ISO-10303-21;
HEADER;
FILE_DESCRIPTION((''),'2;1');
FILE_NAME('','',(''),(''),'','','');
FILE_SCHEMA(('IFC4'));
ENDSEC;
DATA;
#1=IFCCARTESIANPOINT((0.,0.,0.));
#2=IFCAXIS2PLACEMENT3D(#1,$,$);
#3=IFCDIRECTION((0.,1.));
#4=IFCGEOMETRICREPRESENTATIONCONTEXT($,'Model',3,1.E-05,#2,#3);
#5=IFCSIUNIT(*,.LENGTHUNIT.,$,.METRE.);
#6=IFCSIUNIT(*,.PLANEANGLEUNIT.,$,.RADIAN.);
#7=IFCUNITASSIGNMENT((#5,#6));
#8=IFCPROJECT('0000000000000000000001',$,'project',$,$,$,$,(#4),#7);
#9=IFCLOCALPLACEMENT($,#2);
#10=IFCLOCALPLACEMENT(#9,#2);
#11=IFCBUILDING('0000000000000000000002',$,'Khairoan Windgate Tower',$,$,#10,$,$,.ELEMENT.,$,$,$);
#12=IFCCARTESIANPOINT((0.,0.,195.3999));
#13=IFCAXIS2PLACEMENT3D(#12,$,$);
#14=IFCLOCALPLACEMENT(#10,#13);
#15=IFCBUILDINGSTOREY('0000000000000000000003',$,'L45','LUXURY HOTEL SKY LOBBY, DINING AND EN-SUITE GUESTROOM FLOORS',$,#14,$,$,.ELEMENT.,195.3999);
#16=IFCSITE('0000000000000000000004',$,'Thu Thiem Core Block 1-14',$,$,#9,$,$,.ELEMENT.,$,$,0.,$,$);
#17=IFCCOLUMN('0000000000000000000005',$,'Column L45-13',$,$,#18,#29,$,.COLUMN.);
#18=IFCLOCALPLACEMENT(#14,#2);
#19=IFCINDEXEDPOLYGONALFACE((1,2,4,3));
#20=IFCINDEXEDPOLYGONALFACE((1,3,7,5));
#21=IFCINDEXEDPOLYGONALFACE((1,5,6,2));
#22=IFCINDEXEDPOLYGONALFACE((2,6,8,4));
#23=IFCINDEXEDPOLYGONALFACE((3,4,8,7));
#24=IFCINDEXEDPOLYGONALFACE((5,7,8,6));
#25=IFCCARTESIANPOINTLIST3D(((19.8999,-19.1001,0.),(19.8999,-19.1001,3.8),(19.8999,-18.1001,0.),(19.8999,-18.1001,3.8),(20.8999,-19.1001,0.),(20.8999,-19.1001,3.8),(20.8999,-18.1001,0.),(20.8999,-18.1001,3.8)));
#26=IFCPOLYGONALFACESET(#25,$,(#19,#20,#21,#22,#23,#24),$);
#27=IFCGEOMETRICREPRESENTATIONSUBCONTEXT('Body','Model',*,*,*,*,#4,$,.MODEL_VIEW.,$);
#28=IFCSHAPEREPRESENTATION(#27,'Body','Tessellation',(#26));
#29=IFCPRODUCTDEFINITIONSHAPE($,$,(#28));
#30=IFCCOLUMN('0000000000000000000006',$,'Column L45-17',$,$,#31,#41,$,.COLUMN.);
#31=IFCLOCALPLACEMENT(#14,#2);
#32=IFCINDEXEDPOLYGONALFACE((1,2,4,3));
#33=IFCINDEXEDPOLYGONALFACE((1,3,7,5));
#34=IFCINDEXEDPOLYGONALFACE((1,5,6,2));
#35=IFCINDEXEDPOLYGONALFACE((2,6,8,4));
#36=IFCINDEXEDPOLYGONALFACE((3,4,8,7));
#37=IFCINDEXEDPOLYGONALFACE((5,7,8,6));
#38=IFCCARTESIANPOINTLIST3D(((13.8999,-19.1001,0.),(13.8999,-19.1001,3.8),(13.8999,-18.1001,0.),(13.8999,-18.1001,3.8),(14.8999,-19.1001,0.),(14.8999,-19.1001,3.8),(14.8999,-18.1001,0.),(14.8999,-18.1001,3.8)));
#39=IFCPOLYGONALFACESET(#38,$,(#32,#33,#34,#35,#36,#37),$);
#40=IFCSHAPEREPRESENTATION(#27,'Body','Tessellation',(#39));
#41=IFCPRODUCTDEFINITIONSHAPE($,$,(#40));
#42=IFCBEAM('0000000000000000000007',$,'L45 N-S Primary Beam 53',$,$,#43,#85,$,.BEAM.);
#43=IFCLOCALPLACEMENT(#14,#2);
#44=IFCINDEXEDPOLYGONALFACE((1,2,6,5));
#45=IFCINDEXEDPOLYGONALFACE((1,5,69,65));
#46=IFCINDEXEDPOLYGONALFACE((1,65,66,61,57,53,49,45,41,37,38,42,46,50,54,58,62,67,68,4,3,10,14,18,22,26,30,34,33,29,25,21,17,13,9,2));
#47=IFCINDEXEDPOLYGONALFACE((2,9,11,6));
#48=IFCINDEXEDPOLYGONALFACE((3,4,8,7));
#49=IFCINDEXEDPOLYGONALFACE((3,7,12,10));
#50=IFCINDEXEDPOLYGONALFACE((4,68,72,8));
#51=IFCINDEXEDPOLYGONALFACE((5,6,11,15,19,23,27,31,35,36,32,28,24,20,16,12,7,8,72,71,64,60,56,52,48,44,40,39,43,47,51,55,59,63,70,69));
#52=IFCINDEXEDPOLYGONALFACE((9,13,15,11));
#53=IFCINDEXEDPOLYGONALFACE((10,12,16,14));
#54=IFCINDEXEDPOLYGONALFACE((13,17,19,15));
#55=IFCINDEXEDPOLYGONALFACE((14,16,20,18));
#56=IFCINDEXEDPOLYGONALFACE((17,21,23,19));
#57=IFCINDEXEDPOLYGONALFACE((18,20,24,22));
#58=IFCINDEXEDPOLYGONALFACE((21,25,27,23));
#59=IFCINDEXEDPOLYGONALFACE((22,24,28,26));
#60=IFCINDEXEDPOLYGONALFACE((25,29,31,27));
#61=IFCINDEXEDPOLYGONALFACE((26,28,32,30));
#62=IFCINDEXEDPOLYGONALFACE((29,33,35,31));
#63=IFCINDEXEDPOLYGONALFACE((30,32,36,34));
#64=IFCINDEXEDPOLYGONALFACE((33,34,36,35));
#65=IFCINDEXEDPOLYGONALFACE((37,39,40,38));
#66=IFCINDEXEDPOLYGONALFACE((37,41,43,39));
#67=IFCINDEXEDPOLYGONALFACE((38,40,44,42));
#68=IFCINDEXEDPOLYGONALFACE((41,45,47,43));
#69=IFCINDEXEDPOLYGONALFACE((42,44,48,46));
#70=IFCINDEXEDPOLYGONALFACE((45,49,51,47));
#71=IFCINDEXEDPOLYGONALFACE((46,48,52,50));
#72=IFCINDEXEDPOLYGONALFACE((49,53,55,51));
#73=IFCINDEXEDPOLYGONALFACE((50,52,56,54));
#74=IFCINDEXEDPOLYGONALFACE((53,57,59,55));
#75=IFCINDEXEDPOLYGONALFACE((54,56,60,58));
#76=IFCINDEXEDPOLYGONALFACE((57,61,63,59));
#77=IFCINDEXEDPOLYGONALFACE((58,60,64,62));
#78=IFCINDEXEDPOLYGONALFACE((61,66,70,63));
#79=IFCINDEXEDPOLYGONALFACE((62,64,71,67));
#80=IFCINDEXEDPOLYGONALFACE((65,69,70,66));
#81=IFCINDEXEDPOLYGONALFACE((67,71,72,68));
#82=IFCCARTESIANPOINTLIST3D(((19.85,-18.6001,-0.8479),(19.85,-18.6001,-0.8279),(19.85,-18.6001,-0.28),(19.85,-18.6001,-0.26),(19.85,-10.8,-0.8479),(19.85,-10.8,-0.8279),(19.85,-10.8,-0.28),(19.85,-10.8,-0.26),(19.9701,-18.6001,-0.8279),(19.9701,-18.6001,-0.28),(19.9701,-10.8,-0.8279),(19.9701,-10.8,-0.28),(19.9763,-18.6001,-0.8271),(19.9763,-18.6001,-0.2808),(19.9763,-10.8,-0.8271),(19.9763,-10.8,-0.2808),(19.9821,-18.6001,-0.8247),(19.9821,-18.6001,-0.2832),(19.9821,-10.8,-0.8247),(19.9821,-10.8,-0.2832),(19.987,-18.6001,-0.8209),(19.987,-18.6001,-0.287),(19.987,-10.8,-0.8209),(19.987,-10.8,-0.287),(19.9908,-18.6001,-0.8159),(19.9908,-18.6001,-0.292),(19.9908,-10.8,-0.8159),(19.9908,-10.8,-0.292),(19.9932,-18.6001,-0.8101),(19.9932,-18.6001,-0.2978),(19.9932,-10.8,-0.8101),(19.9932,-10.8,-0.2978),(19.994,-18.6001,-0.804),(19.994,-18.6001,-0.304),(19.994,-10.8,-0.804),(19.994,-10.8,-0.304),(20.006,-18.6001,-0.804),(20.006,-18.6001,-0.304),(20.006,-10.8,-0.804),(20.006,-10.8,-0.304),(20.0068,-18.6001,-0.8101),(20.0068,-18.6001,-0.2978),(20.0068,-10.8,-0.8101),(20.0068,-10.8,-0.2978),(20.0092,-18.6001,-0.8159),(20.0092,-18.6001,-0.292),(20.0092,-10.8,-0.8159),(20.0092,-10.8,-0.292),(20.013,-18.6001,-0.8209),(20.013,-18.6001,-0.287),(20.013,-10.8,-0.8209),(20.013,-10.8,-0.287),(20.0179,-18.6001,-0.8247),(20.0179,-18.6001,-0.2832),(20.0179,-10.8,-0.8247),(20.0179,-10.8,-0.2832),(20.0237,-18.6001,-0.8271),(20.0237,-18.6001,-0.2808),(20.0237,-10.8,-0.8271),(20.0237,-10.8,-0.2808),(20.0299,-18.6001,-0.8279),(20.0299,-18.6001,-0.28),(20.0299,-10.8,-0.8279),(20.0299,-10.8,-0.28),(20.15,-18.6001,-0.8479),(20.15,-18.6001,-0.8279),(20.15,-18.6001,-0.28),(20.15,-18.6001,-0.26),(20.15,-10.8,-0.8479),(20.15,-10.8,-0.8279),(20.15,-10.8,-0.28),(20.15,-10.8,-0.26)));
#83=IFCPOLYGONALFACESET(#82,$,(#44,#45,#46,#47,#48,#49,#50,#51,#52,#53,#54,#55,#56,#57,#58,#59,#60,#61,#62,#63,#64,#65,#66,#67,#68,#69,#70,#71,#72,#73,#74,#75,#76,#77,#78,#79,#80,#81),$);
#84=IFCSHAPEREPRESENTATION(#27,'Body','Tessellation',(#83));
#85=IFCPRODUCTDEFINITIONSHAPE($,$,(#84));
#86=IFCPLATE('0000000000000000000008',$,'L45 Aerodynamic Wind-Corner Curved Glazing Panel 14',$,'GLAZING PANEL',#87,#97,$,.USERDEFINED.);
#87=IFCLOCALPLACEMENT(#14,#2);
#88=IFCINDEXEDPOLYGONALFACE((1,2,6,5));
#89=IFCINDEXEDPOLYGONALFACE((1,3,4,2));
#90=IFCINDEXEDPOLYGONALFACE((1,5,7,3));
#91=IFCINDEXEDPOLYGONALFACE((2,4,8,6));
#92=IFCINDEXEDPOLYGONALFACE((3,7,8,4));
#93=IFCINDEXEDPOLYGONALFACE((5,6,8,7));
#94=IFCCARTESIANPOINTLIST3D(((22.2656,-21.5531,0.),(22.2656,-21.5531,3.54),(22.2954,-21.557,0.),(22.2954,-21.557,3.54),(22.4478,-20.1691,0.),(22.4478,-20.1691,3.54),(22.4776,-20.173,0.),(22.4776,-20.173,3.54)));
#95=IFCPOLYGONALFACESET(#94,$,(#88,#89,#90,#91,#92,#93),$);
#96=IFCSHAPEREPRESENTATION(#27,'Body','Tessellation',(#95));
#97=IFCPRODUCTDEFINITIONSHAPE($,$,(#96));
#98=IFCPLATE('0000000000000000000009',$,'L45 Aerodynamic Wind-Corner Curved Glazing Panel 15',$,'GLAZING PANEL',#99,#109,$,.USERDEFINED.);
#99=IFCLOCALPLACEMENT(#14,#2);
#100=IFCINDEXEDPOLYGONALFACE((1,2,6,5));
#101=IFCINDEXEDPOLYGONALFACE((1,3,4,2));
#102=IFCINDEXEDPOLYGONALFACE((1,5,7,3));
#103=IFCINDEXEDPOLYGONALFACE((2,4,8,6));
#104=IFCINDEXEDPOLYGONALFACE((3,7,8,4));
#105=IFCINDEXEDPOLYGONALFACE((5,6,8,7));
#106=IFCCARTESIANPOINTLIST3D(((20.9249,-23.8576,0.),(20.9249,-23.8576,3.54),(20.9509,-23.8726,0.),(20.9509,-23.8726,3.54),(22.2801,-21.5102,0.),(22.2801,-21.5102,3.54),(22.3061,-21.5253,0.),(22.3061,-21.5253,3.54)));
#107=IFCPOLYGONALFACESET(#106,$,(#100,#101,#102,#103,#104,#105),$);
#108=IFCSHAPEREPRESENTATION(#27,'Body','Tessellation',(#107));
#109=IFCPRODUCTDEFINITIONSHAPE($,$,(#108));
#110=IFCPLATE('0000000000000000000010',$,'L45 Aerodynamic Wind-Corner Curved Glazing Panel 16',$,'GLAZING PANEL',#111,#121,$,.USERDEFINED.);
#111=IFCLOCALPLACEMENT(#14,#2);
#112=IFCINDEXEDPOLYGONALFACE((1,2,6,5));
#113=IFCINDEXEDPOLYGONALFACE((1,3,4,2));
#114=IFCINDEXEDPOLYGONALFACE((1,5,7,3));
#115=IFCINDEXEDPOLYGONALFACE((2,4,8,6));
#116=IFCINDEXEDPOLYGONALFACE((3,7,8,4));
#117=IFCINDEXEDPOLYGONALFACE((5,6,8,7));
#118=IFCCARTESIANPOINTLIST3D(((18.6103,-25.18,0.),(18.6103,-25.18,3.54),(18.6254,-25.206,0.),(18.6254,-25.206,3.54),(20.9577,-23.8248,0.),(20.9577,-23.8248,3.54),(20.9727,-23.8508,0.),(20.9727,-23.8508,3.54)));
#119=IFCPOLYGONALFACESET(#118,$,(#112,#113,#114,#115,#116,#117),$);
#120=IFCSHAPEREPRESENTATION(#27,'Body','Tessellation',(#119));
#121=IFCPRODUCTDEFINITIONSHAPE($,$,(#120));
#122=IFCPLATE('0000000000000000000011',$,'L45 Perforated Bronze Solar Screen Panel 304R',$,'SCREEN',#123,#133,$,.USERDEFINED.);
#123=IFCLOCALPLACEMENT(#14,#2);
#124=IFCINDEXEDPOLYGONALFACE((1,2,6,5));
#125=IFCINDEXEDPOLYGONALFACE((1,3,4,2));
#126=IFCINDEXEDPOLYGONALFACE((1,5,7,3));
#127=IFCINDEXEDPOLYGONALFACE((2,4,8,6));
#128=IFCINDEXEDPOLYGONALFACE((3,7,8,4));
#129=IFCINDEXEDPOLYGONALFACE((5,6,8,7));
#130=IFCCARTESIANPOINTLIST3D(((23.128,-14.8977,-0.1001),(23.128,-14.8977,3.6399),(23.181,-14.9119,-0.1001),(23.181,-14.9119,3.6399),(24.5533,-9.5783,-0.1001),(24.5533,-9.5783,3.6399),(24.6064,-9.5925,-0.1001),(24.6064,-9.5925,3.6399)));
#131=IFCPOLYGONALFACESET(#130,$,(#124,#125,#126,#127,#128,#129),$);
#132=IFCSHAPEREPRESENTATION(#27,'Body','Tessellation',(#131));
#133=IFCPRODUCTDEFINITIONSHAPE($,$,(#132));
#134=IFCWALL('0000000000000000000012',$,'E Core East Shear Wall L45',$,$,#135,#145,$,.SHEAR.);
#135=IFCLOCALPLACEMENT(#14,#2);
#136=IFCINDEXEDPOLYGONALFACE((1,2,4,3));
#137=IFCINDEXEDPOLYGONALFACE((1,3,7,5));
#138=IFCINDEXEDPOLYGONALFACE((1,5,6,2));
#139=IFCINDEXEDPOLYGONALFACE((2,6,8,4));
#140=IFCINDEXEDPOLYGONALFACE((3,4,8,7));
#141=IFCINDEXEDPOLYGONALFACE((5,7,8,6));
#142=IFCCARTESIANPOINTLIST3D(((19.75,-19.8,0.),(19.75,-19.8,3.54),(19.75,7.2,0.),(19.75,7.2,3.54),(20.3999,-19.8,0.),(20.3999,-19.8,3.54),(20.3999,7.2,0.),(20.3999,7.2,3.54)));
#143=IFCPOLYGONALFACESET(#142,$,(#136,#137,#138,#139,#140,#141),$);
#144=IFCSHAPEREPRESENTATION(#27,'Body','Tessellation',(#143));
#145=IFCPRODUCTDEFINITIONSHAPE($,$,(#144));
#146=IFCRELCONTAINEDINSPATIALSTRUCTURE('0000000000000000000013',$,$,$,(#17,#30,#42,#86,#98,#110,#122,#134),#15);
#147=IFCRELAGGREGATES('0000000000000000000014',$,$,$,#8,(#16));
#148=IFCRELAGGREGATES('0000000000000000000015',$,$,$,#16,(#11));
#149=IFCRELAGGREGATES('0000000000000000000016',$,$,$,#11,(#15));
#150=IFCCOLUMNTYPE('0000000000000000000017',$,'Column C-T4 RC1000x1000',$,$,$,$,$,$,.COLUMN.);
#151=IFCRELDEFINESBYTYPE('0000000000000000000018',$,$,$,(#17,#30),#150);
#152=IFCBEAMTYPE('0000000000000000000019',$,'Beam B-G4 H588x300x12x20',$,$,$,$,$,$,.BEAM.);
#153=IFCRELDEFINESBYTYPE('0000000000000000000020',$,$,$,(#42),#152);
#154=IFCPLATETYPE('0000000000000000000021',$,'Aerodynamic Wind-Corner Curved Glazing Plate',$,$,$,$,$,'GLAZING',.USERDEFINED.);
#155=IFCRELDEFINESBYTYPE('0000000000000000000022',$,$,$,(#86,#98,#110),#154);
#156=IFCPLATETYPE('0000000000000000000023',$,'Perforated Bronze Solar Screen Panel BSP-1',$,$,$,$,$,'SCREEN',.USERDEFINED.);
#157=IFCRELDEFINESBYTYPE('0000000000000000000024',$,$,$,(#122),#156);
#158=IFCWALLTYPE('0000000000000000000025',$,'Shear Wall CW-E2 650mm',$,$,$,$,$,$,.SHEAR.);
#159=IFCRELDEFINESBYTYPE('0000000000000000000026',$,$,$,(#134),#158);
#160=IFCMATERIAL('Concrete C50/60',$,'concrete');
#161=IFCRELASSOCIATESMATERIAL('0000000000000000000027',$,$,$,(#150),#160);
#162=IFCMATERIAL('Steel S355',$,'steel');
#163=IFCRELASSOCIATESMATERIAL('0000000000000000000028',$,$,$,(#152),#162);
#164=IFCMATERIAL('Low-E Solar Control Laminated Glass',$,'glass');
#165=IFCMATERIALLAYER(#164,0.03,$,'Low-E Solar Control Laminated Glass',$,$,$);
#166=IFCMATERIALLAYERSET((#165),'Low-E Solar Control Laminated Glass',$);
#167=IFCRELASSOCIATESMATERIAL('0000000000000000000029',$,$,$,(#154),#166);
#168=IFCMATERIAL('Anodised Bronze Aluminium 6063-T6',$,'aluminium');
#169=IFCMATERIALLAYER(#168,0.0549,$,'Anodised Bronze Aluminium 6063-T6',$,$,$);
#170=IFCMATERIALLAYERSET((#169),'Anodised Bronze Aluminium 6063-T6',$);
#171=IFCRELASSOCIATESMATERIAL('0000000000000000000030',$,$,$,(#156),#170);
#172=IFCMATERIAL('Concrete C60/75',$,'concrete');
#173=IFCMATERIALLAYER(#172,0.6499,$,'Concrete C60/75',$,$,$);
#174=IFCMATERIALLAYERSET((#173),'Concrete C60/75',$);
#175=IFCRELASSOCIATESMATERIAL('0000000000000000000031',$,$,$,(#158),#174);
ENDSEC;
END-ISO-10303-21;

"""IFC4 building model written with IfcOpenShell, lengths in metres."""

from ifc_helpers import new_model, si_unit, direction, frame, frame_2d, origin, origin_2d, place, context, subcontext, project, spatial, rectangle, i_section, extrude, material, layer, layer_set, material_profile, profile_set, type_object, element, save


model = new_model("IFC4")

# Units and contexts
model_context = context("Model", 3, precision=1e-05, world=origin(), true_north=direction((0.0, 1.0)))
body_context = subcontext(model_context, "Body", "Model", "MODEL_VIEW")
ifc_project = project(units=[si_unit("LENGTHUNIT", "METRE"), si_unit("PLANEANGLEUNIT", "RADIAN")], contexts=[model_context])

# Site, building, storey
site_placement = place(None, origin())
site = spatial("IfcSite", under=ifc_project, at=site_placement, Name="Thu Thiem Core Block 1-14", CompositionType="ELEMENT", RefElevation=0.0)
building_placement = place(site_placement, origin())
building = spatial("IfcBuilding", under=site, at=building_placement, Name="Khairoan Windgate Tower", CompositionType="ELEMENT")
storey_placement = place(building_placement, frame((0.0, 0.0, 195.3999)))
storey = spatial("IfcBuildingStorey", under=building, at=storey_placement, Name="L45", Description="LUXURY HOTEL SKY LOBBY, DINING AND EN-SUITE GUESTROOM FLOORS", CompositionType="ELEMENT", Elevation=195.3999)

# Columns
ifc_material_1 = material(Name="Concrete C50/60", Category="concrete")
ifc_material_profile_1 = material_profile(ifc_material_1, rectangle(XDim=1.0, YDim=1.0, at=origin_2d()))
ifc_profile_set_1 = profile_set([ifc_material_profile_1], Name="Concrete C50/60")
column_type = type_object("IfcColumnType", Name="Column C-T4 RC1000x1000", PredefinedType="COLUMN", material=ifc_profile_set_1)
for number, where, z_axis, x_axis, name in (
    (1, (20.3999, -18.6001, 0.0), (0.0, 0.0, 1.0), (1.0, 0.0, 0.0), "Column L45-13"),
    (2, (14.3999, -18.6001, 0.0), (0.0, 0.0, 1.0), (1.0, 0.0, 0.0), "Column L45-17"),
):
    element("IfcColumn", number, at=place(storey_placement, frame(where, z_axis=z_axis, x_axis=x_axis)), inside=storey, type_object=column_type, Name=name, PredefinedType="COLUMN", context=body_context, shape_type="SweptSolid", body=[
        extrude(rectangle(XDim=1.0, YDim=1.0, at=origin_2d()), origin(), (0.0, 0.0, 1.0), 3.8),
    ])

# Beam
ifc_material_2 = material(Name="Steel S355", Category="steel")
ifc_material_profile_2 = material_profile(ifc_material_2, i_section(OverallWidth=0.3, OverallDepth=0.5879, WebThickness=0.012, FlangeThickness=0.02, FilletRadius=0.0239, at=origin_2d()))
ifc_profile_set_2 = profile_set([ifc_material_profile_2], Name="Steel S355")
beam_type = type_object("IfcBeamType", Name="Beam B-G4 H588x300x12x20", PredefinedType="BEAM", material=ifc_profile_set_2)
beam_placement = place(storey_placement, frame((20.0, -18.6001, -0.554), z_axis=(0.0, 1.0, 0.0), x_axis=(-1.0, 0.0, 0.0)))
element("IfcBeam", 3, at=beam_placement, inside=storey, type_object=beam_type, Name="L45 N-S Primary Beam 53", PredefinedType="BEAM", context=body_context, shape_type="SweptSolid", body=[
    extrude(i_section(OverallWidth=0.3, OverallDepth=0.5879, WebThickness=0.012, FlangeThickness=0.02, FilletRadius=0.0239, at=origin_2d()), origin(), (0.0, 0.0, 1.0), 7.8),
])

# Plates
ifc_material_3 = material(Name="Low-E Solar Control Laminated Glass", Category="glass")
ifc_layer_1 = layer(ifc_material_3, 0.03, Name="Low-E Solar Control Laminated Glass")
ifc_layer_set_1 = layer_set([ifc_layer_1], Name="Low-E Solar Control Laminated Glass")
plate_type_1 = type_object("IfcPlateType", Name="Aerodynamic Wind-Corner Curved Glazing Plate", ElementType="GLAZING", PredefinedType="USERDEFINED", material=ifc_layer_set_1)
plate_1_placement = place(storey_placement, frame((22.3716, -20.863, 0.0), z_axis=(0.0, 0.0, 1.0), x_axis=(-0.130526, -0.991445, 0.0)))
element("IfcPlate", 4, at=plate_1_placement, inside=storey, type_object=plate_type_1, Name="L45 Aerodynamic Wind-Corner Curved Glazing Panel 14", ObjectType="GLAZING PANEL", PredefinedType="USERDEFINED", context=body_context, shape_type="SweptSolid", body=[
    extrude(rectangle(XDim=1.396, YDim=0.03, at=origin_2d()), origin(), (0.0, 0.0, 1.0), 3.54),
])
for number, where, z_axis, x_axis, name in (
    (5, (21.6155, -22.6914, 0.0), (0.0, 0.0, 1.0), (-0.5, -0.866025, 0.0), "L45 Aerodynamic Wind-Corner Curved Glazing Panel 15"),
    (6, (19.7915, -24.5154, 0.0), (0.0, 0.0, 1.0), (-0.866025, -0.5, 0.0), "L45 Aerodynamic Wind-Corner Curved Glazing Panel 16"),
):
    element("IfcPlate", number, at=place(storey_placement, frame(where, z_axis=z_axis, x_axis=x_axis)), inside=storey, type_object=plate_type_1, Name=name, ObjectType="GLAZING PANEL", PredefinedType="USERDEFINED", context=body_context, shape_type="SweptSolid", body=[
        extrude(rectangle(XDim=2.7104, YDim=0.03, at=origin_2d()), origin(), (0.0, 0.0, 1.0), 3.54),
    ])

# Plate
ifc_material_4 = material(Name="Anodised Bronze Aluminium 6063-T6", Category="aluminium")
ifc_layer_2 = layer(ifc_material_4, 0.0549, Name="Anodised Bronze Aluminium 6063-T6")
ifc_layer_set_2 = layer_set([ifc_layer_2], Name="Anodised Bronze Aluminium 6063-T6")
plate_type_2 = type_object("IfcPlateType", Name="Perforated Bronze Solar Screen Panel BSP-1", ElementType="SCREEN", PredefinedType="USERDEFINED", material=ifc_layer_set_2)
plate_2_placement = place(storey_placement, frame((23.8672, -12.2451, -0.1001), z_axis=(0.0, 0.0, 1.0), x_axis=(-0.258819, -0.965926, 0.0)))
element("IfcPlate", 7, at=plate_2_placement, inside=storey, type_object=plate_type_2, Name="L45 Perforated Bronze Solar Screen Panel 304R", ObjectType="SCREEN", PredefinedType="USERDEFINED", context=body_context, shape_type="SweptSolid", body=[
    extrude(rectangle(XDim=5.5071, YDim=0.0549, at=origin_2d()), origin(), (0.0, 0.0, 1.0), 3.74),
])

# Wall
ifc_material_5 = material(Name="Concrete C60/75", Category="concrete")
ifc_layer_3 = layer(ifc_material_5, 0.6499, Name="Concrete C60/75")
ifc_layer_set_3 = layer_set([ifc_layer_3], Name="Concrete C60/75")
wall_type_1 = type_object("IfcWallType", Name="Shear Wall CW-E2 650mm", PredefinedType="SHEAR", material=ifc_layer_set_3)
wall_1_placement = place(storey_placement, frame((20.075, -19.8, 0.0), z_axis=(0.0, 0.0, 1.0), x_axis=(0.0, 1.0, 0.0)))
element("IfcWall", 8, at=wall_1_placement, inside=storey, type_object=wall_type_1, Name="E Core East Shear Wall L45", PredefinedType="SHEAR", context=body_context, shape_type="SweptSolid", body=[
    extrude(rectangle(XDim=27.0, YDim=0.6499, at=frame_2d((13.5, 0.0))), origin(), (0.0, 0.0, 1.0), 3.54),
])

save(model, "model.ifc")
